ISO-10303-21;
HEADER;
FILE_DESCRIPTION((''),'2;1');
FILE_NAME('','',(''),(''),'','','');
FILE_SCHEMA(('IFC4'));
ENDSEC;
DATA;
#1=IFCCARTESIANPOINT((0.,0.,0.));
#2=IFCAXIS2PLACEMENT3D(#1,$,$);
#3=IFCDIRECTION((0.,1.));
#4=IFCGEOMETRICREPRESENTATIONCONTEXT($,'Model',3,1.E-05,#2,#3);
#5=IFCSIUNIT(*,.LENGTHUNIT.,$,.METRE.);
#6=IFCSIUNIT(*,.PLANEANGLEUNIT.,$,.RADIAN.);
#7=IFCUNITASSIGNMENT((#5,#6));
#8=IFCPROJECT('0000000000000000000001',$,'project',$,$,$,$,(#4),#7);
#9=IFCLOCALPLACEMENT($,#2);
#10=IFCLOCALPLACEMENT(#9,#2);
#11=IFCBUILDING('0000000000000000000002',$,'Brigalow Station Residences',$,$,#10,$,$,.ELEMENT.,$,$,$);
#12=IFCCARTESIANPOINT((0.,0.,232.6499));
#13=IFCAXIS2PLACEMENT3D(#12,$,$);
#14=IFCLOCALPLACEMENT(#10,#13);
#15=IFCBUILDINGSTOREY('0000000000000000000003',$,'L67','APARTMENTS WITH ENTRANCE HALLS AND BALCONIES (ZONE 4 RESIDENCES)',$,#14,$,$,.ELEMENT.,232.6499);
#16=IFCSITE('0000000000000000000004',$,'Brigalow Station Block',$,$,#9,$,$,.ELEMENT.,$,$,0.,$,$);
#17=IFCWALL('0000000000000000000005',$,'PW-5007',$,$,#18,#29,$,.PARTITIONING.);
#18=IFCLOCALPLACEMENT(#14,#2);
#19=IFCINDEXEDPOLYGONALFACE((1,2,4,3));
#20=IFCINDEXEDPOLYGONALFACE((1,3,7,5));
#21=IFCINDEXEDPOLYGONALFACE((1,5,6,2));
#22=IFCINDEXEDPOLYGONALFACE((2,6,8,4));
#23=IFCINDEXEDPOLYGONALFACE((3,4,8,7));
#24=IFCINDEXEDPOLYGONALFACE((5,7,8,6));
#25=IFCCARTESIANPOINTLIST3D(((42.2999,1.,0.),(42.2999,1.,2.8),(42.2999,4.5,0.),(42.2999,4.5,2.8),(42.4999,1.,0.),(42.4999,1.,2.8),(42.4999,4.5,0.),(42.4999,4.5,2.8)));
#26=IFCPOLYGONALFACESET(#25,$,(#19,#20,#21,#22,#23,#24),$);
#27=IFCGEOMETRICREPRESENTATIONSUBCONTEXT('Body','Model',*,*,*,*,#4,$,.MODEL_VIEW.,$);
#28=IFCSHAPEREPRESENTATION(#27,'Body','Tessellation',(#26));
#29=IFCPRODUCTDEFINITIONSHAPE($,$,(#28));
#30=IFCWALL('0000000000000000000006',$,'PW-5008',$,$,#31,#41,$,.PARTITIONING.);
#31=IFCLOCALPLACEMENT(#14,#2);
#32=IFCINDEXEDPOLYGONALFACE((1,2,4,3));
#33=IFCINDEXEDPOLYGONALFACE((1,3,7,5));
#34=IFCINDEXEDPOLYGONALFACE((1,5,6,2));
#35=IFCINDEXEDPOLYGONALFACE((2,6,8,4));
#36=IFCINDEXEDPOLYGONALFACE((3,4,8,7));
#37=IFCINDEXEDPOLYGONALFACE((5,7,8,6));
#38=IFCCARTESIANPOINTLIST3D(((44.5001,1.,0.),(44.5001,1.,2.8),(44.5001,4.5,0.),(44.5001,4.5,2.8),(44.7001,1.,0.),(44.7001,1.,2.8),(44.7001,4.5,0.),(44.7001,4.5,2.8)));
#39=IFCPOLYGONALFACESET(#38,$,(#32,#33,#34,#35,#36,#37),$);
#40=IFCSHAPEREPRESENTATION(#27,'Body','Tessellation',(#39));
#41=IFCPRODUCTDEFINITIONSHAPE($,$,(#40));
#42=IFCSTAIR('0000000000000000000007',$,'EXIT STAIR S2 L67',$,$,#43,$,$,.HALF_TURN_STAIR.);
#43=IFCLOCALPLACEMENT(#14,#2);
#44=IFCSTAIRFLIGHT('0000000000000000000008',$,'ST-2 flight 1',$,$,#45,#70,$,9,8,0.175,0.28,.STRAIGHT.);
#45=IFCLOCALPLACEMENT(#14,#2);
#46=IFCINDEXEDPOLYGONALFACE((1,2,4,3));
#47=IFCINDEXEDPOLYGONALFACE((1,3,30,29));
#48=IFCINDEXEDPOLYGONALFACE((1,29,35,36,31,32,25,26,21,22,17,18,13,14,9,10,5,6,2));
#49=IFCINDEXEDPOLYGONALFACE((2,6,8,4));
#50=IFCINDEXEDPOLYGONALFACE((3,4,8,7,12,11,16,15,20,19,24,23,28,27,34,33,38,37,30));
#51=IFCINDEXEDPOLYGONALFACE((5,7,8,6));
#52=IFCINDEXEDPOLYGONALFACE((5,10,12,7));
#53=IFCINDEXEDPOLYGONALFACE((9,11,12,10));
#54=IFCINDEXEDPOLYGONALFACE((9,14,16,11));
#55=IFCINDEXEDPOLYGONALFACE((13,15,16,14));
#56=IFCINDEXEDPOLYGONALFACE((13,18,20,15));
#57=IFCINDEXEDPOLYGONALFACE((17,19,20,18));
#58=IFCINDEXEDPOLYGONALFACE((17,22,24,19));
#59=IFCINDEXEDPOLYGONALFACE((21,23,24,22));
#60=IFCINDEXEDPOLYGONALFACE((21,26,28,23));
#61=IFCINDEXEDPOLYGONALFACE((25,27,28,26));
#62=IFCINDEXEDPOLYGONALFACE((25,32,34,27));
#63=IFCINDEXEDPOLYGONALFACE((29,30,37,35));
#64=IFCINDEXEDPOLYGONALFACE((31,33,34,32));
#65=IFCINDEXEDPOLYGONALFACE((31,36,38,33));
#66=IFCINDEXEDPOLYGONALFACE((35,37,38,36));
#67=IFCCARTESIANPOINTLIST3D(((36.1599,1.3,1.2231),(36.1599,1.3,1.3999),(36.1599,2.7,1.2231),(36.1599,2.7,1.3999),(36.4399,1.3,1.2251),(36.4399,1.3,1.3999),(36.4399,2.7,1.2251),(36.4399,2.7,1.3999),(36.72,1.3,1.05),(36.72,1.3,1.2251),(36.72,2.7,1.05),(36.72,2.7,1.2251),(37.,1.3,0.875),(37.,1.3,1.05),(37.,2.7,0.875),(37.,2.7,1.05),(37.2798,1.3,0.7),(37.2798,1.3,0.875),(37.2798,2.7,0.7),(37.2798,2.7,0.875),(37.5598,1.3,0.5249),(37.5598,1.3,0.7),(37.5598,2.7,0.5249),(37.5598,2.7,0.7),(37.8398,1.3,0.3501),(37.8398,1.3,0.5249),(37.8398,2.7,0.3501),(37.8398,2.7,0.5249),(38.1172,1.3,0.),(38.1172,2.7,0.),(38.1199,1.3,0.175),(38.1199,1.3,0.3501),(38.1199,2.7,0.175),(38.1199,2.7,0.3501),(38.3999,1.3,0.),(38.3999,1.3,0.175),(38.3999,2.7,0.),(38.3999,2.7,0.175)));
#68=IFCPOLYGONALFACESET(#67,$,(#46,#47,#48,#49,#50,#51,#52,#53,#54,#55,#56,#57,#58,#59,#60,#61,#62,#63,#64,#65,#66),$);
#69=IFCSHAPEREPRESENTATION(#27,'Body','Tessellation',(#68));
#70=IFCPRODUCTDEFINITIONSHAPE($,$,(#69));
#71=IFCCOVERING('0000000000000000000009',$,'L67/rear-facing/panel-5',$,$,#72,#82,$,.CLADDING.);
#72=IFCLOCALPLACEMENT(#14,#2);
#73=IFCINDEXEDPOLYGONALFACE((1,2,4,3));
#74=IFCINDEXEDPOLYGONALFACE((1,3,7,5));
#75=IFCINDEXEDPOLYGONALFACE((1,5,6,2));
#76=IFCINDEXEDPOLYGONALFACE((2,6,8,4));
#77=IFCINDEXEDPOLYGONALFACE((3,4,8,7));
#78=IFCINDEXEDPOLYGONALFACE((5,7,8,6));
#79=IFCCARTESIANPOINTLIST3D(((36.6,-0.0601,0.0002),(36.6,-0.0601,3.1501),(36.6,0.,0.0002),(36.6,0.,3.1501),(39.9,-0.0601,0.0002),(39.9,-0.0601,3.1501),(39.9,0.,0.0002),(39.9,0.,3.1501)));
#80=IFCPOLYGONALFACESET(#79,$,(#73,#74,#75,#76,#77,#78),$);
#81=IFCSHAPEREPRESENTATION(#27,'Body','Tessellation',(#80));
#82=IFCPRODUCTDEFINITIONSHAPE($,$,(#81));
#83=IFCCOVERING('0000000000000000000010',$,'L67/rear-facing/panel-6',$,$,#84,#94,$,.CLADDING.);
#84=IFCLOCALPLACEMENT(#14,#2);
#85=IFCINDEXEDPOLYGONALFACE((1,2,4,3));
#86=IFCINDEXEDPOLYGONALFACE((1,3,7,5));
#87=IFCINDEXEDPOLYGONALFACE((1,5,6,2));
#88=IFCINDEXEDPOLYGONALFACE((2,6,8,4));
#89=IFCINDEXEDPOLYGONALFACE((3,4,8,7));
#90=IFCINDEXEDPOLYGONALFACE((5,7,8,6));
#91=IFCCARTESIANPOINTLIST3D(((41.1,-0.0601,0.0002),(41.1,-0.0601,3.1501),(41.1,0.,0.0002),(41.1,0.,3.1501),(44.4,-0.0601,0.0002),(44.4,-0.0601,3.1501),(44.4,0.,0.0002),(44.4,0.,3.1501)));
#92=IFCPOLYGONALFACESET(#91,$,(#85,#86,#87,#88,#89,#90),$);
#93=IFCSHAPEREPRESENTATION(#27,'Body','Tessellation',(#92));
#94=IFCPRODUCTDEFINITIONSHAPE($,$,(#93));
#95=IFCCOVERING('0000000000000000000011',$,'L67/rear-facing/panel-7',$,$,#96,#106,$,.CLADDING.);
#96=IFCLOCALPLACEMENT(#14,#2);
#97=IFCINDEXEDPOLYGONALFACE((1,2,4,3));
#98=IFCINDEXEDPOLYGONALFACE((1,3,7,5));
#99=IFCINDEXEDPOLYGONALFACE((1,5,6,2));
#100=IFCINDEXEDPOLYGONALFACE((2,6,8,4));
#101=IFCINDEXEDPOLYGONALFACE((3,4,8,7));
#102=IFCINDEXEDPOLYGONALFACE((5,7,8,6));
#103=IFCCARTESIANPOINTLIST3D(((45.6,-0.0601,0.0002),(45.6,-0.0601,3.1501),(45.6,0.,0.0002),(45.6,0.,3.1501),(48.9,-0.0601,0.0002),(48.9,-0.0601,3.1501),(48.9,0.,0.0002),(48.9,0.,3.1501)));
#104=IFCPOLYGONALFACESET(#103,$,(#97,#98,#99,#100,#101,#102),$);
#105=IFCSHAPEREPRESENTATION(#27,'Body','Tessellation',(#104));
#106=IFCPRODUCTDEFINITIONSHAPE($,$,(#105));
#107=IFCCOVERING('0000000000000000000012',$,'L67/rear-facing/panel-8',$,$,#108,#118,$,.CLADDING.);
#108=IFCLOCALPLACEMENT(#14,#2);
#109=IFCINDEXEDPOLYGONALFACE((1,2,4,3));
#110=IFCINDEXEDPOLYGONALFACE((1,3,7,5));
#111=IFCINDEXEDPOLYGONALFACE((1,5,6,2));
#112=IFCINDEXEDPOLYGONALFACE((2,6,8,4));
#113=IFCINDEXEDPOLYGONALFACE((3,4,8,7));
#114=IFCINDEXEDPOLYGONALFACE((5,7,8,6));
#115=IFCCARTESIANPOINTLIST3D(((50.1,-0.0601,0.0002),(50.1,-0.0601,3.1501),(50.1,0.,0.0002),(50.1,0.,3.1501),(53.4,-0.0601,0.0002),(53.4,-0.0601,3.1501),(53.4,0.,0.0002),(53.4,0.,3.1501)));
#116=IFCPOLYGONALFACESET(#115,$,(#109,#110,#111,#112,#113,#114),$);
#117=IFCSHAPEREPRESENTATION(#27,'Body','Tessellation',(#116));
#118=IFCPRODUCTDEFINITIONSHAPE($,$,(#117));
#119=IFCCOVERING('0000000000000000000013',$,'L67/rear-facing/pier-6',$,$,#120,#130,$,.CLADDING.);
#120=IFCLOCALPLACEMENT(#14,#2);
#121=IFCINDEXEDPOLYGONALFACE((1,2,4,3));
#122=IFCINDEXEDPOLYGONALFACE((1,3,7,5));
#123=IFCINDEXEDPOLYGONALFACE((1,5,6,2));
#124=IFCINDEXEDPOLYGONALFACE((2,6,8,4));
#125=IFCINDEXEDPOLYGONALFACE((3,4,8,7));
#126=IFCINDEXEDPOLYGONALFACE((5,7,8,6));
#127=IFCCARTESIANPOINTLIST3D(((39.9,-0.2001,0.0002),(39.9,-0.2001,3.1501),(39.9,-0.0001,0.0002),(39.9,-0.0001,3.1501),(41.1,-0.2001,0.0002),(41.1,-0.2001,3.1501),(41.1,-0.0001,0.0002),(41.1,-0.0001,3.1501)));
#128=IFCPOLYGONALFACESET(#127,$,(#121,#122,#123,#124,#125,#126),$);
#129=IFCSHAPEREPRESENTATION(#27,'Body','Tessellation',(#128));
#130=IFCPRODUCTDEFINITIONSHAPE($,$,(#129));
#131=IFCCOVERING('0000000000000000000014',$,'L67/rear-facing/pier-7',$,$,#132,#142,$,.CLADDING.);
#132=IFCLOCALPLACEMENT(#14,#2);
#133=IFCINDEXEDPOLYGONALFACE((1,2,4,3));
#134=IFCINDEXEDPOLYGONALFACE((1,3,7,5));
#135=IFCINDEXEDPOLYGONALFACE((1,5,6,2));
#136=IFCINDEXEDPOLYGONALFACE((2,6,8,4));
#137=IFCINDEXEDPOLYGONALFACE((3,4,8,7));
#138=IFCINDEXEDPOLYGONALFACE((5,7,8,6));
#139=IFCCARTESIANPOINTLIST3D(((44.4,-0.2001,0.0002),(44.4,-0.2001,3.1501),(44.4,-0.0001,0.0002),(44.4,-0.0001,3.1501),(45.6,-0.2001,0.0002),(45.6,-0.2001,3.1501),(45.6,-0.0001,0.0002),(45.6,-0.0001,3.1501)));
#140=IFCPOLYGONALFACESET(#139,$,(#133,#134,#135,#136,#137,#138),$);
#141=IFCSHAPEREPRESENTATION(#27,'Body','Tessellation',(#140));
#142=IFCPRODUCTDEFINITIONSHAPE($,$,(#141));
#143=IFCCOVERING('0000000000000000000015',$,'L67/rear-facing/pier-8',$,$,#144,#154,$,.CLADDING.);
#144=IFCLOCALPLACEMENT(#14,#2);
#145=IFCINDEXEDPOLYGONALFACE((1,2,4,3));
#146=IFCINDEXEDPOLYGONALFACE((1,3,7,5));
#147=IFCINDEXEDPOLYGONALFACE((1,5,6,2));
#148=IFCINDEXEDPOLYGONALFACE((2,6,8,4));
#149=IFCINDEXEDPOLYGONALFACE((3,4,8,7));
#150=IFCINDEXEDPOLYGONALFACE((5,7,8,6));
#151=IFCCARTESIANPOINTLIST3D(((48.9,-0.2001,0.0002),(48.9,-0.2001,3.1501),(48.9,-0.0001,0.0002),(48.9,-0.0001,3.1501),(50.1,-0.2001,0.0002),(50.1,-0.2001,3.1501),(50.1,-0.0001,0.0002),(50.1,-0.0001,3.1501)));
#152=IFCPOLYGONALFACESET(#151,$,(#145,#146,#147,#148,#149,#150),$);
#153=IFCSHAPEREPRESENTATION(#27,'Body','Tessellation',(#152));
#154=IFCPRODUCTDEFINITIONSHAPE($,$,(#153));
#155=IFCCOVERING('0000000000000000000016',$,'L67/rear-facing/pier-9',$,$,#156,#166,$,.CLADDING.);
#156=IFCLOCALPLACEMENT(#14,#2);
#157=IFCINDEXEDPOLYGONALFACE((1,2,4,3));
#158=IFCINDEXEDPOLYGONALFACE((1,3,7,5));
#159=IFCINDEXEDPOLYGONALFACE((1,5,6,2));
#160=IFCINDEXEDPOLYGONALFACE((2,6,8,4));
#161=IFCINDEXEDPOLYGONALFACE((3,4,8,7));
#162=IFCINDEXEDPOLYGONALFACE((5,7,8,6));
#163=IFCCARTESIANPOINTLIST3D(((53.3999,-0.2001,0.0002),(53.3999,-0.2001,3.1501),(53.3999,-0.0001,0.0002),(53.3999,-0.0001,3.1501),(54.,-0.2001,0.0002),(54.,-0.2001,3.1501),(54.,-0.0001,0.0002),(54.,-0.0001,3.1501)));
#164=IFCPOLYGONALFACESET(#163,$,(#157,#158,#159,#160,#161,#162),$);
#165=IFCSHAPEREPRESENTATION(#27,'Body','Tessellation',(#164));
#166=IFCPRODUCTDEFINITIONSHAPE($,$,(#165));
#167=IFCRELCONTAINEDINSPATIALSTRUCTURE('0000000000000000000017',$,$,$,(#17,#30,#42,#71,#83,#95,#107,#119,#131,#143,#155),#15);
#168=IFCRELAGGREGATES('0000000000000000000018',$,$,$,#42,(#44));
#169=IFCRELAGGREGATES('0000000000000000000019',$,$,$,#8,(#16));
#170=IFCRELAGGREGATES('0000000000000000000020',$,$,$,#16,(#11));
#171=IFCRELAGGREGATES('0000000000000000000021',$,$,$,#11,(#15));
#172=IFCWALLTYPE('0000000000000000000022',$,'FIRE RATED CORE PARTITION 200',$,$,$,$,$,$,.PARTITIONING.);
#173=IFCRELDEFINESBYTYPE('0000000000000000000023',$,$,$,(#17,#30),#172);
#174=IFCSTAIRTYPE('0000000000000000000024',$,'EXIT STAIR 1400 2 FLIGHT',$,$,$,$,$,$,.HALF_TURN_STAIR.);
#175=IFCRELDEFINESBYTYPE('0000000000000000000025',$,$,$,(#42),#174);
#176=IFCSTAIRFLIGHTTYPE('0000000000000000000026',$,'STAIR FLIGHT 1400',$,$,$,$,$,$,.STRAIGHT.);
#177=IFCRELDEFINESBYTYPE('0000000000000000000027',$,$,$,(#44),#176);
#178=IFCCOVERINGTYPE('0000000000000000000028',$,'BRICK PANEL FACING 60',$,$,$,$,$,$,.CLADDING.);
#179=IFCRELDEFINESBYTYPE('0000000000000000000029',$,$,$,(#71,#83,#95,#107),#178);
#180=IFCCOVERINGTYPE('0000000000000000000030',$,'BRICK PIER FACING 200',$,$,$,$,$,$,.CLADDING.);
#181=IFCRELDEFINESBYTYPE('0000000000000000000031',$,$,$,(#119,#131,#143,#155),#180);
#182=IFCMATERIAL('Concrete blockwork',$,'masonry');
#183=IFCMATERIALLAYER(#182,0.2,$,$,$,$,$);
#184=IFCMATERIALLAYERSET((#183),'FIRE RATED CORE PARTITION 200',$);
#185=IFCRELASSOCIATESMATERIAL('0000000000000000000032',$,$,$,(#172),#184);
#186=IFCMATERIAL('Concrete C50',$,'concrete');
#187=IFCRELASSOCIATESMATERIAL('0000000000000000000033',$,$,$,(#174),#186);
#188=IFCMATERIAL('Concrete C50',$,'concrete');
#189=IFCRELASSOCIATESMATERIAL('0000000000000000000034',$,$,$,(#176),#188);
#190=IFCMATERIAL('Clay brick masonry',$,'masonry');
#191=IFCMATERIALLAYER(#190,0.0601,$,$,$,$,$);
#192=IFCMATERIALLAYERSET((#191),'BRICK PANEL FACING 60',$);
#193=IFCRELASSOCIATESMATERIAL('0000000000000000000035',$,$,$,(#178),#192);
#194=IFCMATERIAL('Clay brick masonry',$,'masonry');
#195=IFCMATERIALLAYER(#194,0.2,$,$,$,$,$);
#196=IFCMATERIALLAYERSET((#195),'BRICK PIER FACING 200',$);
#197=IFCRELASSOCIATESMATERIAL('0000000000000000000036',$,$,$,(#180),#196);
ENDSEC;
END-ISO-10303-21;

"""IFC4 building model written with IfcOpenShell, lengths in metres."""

from ifc_helpers import new_model, si_unit, direction, frame, frame_2d, origin, origin_2d, place, context, subcontext, project, spatial, polyline, rectangle, outline, extrude, material, layer, layer_set, type_object, element, aggregate, save


model = new_model("IFC4")

# Units and contexts
model_context = context("Model", 3, precision=1e-05, world=origin(), true_north=direction((0.0, 1.0)))
body_context = subcontext(model_context, "Body", "Model", "MODEL_VIEW")
ifc_project = project(units=[si_unit("LENGTHUNIT", "METRE"), si_unit("PLANEANGLEUNIT", "RADIAN")], contexts=[model_context])

# Site, building, storey
site_placement = place(None, origin())
site = spatial("IfcSite", under=ifc_project, at=site_placement, Name="Brigalow Station Block", CompositionType="ELEMENT", RefElevation=0.0)
building_placement = place(site_placement, origin())
building = spatial("IfcBuilding", under=site, at=building_placement, Name="Brigalow Station Residences", CompositionType="ELEMENT")
storey_placement = place(building_placement, frame((0.0, 0.0, 232.6499)))
storey = spatial("IfcBuildingStorey", under=building, at=storey_placement, Name="L67", Description="APARTMENTS WITH ENTRANCE HALLS AND BALCONIES (ZONE 4 RESIDENCES)", CompositionType="ELEMENT", Elevation=232.6499)

# Walls
ifc_material_1 = material(Name="Concrete blockwork", Category="masonry")
ifc_layer_1 = layer(ifc_material_1, 0.2)
ifc_layer_set_1 = layer_set([ifc_layer_1], Name="FIRE RATED CORE PARTITION 200")
wall_type_1 = type_object("IfcWallType", Name="FIRE RATED CORE PARTITION 200", PredefinedType="PARTITIONING", material=ifc_layer_set_1)
for number, where, z_axis, x_axis, name in (
    (1, (42.3999, 1.0, 0.0), (0.0, 0.0, 1.0), (0.0, 1.0, 0.0), "PW-5007"),
    (2, (44.6001, 1.0, 0.0), (0.0, 0.0, 1.0), (0.0, 1.0, 0.0), "PW-5008"),
):
    element("IfcWall", number, at=place(storey_placement, frame(where, z_axis=z_axis, x_axis=x_axis)), inside=storey, type_object=wall_type_1, Name=name, PredefinedType="PARTITIONING", context=body_context, shape_type="SweptSolid", body=[
        extrude(rectangle(XDim=3.5, YDim=0.2, at=frame_2d((1.75, 0.0))), origin(), (0.0, 0.0, 1.0), 2.8),
    ])

# Stair, stair flight
ifc_material_2 = material(Name="Concrete C50", Category="concrete")
stair_type = type_object("IfcStairType", Name="EXIT STAIR 1400 2 FLIGHT", PredefinedType="HALF_TURN_STAIR", material=ifc_material_2)
stair_placement = place(storey_placement, origin())
stair = element("IfcStair", 3, at=stair_placement, inside=storey, type_object=stair_type, Name="EXIT STAIR S2 L67", PredefinedType="HALF_TURN_STAIR")
ifc_material_3 = material(Name="Concrete C50", Category="concrete")
stair_flight_type = type_object("IfcStairFlightType", Name="STAIR FLIGHT 1400", PredefinedType="STRAIGHT", material=ifc_material_3)
stair_flight_placement = place(storey_placement, frame((38.3999, 2.0, 0.0), z_axis=(0.0, 0.0, 1.0), x_axis=(-1.0, 0.0, 0.0)))
stair_flight = element("IfcStairFlight", 4, at=stair_flight_placement, type_object=stair_flight_type, Name="ST-2 flight 1", NumberOfRisers=9, NumberOfTreads=8, PredefinedType="STRAIGHT", RiserHeight=0.175, TreadLength=0.28, context=body_context, shape_type="SweptSolid", body=[
    extrude(outline(polyline([(0.0, 0.0), (0.0, 0.175), (0.28, 0.175), (0.28, 0.3501), (0.5601, 0.3501), (0.5601, 0.5249), (0.8401, 0.5249), (0.8401, 0.7), (1.1201, 0.7), (1.1201, 0.875), (1.3999, 0.875), (1.3999, 1.05), (1.6799, 1.05), (1.6799, 1.2251), (1.96, 1.2251), (1.96, 1.3999), (2.24, 1.3999), (2.24, 1.575), (2.24, 1.2231), (0.2827, 0.0), (0.0, 0.0)])), frame((0.0, 0.7, 0.0), z_axis=(0.0, -1.0, 0.0), x_axis=(1.0, 0.0, 0.0)), (0.0, 0.0, 1.0), 1.3999),
])
aggregate(stair, [stair_flight])

# Coverings
ifc_material_4 = material(Name="Clay brick masonry", Category="masonry")
ifc_layer_2 = layer(ifc_material_4, 0.0601)
ifc_layer_set_2 = layer_set([ifc_layer_2], Name="BRICK PANEL FACING 60")
covering_type_1 = type_object("IfcCoveringType", Name="BRICK PANEL FACING 60", PredefinedType="CLADDING", material=ifc_layer_set_2)
for number, where, z_axis, x_axis, name in (
    (5, (38.25, -0.03, 0.0002), (0.0, 0.0, 1.0), (1.0, 0.0, 0.0), "L67/rear-facing/panel-5"),
    (6, (42.75, -0.03, 0.0002), (0.0, 0.0, 1.0), (1.0, 0.0, 0.0), "L67/rear-facing/panel-6"),
    (7, (47.25, -0.03, 0.0002), (0.0, 0.0, 1.0), (1.0, 0.0, 0.0), "L67/rear-facing/panel-7"),
    (8, (51.75, -0.03, 0.0002), (0.0, 0.0, 1.0), (1.0, 0.0, 0.0), "L67/rear-facing/panel-8"),
):
    element("IfcCovering", number, at=place(storey_placement, frame(where, z_axis=z_axis, x_axis=x_axis)), inside=storey, type_object=covering_type_1, Name=name, PredefinedType="CLADDING", context=body_context, shape_type="SweptSolid", body=[
        extrude(rectangle(XDim=3.3, YDim=0.0601, at=origin_2d()), origin(), (0.0, 0.0, 1.0), 3.1499),
    ])
ifc_material_5 = material(Name="Clay brick masonry", Category="masonry")
ifc_layer_3 = layer(ifc_material_5, 0.2)
ifc_layer_set_3 = layer_set([ifc_layer_3], Name="BRICK PIER FACING 200")
covering_type_2 = type_object("IfcCoveringType", Name="BRICK PIER FACING 200", PredefinedType="CLADDING", material=ifc_layer_set_3)
for number, where, z_axis, x_axis, name in (
    (9, (40.5, -0.1001, 0.0002), (0.0, 0.0, 1.0), (1.0, 0.0, 0.0), "L67/rear-facing/pier-6"),
    (10, (45.0, -0.1001, 0.0002), (0.0, 0.0, 1.0), (1.0, 0.0, 0.0), "L67/rear-facing/pier-7"),
    (11, (49.5, -0.1001, 0.0002), (0.0, 0.0, 1.0), (1.0, 0.0, 0.0), "L67/rear-facing/pier-8"),
):
    element("IfcCovering", number, at=place(storey_placement, frame(where, z_axis=z_axis, x_axis=x_axis)), inside=storey, type_object=covering_type_2, Name=name, PredefinedType="CLADDING", context=body_context, shape_type="SweptSolid", body=[
        extrude(rectangle(XDim=1.2, YDim=0.2, at=origin_2d()), origin(), (0.0, 0.0, 1.0), 3.1499),
    ])
covering_placement = place(storey_placement, frame((53.7, -0.1001, 0.0002), z_axis=(0.0, 0.0, 1.0), x_axis=(1.0, 0.0, 0.0)))
element("IfcCovering", 12, at=covering_placement, inside=storey, type_object=covering_type_2, Name="L67/rear-facing/pier-9", PredefinedType="CLADDING", context=body_context, shape_type="SweptSolid", body=[
    extrude(rectangle(XDim=0.6001, YDim=0.2, at=origin_2d()), origin(), (0.0, 0.0, 1.0), 3.1499),
])

save(model, "model.ifc")
